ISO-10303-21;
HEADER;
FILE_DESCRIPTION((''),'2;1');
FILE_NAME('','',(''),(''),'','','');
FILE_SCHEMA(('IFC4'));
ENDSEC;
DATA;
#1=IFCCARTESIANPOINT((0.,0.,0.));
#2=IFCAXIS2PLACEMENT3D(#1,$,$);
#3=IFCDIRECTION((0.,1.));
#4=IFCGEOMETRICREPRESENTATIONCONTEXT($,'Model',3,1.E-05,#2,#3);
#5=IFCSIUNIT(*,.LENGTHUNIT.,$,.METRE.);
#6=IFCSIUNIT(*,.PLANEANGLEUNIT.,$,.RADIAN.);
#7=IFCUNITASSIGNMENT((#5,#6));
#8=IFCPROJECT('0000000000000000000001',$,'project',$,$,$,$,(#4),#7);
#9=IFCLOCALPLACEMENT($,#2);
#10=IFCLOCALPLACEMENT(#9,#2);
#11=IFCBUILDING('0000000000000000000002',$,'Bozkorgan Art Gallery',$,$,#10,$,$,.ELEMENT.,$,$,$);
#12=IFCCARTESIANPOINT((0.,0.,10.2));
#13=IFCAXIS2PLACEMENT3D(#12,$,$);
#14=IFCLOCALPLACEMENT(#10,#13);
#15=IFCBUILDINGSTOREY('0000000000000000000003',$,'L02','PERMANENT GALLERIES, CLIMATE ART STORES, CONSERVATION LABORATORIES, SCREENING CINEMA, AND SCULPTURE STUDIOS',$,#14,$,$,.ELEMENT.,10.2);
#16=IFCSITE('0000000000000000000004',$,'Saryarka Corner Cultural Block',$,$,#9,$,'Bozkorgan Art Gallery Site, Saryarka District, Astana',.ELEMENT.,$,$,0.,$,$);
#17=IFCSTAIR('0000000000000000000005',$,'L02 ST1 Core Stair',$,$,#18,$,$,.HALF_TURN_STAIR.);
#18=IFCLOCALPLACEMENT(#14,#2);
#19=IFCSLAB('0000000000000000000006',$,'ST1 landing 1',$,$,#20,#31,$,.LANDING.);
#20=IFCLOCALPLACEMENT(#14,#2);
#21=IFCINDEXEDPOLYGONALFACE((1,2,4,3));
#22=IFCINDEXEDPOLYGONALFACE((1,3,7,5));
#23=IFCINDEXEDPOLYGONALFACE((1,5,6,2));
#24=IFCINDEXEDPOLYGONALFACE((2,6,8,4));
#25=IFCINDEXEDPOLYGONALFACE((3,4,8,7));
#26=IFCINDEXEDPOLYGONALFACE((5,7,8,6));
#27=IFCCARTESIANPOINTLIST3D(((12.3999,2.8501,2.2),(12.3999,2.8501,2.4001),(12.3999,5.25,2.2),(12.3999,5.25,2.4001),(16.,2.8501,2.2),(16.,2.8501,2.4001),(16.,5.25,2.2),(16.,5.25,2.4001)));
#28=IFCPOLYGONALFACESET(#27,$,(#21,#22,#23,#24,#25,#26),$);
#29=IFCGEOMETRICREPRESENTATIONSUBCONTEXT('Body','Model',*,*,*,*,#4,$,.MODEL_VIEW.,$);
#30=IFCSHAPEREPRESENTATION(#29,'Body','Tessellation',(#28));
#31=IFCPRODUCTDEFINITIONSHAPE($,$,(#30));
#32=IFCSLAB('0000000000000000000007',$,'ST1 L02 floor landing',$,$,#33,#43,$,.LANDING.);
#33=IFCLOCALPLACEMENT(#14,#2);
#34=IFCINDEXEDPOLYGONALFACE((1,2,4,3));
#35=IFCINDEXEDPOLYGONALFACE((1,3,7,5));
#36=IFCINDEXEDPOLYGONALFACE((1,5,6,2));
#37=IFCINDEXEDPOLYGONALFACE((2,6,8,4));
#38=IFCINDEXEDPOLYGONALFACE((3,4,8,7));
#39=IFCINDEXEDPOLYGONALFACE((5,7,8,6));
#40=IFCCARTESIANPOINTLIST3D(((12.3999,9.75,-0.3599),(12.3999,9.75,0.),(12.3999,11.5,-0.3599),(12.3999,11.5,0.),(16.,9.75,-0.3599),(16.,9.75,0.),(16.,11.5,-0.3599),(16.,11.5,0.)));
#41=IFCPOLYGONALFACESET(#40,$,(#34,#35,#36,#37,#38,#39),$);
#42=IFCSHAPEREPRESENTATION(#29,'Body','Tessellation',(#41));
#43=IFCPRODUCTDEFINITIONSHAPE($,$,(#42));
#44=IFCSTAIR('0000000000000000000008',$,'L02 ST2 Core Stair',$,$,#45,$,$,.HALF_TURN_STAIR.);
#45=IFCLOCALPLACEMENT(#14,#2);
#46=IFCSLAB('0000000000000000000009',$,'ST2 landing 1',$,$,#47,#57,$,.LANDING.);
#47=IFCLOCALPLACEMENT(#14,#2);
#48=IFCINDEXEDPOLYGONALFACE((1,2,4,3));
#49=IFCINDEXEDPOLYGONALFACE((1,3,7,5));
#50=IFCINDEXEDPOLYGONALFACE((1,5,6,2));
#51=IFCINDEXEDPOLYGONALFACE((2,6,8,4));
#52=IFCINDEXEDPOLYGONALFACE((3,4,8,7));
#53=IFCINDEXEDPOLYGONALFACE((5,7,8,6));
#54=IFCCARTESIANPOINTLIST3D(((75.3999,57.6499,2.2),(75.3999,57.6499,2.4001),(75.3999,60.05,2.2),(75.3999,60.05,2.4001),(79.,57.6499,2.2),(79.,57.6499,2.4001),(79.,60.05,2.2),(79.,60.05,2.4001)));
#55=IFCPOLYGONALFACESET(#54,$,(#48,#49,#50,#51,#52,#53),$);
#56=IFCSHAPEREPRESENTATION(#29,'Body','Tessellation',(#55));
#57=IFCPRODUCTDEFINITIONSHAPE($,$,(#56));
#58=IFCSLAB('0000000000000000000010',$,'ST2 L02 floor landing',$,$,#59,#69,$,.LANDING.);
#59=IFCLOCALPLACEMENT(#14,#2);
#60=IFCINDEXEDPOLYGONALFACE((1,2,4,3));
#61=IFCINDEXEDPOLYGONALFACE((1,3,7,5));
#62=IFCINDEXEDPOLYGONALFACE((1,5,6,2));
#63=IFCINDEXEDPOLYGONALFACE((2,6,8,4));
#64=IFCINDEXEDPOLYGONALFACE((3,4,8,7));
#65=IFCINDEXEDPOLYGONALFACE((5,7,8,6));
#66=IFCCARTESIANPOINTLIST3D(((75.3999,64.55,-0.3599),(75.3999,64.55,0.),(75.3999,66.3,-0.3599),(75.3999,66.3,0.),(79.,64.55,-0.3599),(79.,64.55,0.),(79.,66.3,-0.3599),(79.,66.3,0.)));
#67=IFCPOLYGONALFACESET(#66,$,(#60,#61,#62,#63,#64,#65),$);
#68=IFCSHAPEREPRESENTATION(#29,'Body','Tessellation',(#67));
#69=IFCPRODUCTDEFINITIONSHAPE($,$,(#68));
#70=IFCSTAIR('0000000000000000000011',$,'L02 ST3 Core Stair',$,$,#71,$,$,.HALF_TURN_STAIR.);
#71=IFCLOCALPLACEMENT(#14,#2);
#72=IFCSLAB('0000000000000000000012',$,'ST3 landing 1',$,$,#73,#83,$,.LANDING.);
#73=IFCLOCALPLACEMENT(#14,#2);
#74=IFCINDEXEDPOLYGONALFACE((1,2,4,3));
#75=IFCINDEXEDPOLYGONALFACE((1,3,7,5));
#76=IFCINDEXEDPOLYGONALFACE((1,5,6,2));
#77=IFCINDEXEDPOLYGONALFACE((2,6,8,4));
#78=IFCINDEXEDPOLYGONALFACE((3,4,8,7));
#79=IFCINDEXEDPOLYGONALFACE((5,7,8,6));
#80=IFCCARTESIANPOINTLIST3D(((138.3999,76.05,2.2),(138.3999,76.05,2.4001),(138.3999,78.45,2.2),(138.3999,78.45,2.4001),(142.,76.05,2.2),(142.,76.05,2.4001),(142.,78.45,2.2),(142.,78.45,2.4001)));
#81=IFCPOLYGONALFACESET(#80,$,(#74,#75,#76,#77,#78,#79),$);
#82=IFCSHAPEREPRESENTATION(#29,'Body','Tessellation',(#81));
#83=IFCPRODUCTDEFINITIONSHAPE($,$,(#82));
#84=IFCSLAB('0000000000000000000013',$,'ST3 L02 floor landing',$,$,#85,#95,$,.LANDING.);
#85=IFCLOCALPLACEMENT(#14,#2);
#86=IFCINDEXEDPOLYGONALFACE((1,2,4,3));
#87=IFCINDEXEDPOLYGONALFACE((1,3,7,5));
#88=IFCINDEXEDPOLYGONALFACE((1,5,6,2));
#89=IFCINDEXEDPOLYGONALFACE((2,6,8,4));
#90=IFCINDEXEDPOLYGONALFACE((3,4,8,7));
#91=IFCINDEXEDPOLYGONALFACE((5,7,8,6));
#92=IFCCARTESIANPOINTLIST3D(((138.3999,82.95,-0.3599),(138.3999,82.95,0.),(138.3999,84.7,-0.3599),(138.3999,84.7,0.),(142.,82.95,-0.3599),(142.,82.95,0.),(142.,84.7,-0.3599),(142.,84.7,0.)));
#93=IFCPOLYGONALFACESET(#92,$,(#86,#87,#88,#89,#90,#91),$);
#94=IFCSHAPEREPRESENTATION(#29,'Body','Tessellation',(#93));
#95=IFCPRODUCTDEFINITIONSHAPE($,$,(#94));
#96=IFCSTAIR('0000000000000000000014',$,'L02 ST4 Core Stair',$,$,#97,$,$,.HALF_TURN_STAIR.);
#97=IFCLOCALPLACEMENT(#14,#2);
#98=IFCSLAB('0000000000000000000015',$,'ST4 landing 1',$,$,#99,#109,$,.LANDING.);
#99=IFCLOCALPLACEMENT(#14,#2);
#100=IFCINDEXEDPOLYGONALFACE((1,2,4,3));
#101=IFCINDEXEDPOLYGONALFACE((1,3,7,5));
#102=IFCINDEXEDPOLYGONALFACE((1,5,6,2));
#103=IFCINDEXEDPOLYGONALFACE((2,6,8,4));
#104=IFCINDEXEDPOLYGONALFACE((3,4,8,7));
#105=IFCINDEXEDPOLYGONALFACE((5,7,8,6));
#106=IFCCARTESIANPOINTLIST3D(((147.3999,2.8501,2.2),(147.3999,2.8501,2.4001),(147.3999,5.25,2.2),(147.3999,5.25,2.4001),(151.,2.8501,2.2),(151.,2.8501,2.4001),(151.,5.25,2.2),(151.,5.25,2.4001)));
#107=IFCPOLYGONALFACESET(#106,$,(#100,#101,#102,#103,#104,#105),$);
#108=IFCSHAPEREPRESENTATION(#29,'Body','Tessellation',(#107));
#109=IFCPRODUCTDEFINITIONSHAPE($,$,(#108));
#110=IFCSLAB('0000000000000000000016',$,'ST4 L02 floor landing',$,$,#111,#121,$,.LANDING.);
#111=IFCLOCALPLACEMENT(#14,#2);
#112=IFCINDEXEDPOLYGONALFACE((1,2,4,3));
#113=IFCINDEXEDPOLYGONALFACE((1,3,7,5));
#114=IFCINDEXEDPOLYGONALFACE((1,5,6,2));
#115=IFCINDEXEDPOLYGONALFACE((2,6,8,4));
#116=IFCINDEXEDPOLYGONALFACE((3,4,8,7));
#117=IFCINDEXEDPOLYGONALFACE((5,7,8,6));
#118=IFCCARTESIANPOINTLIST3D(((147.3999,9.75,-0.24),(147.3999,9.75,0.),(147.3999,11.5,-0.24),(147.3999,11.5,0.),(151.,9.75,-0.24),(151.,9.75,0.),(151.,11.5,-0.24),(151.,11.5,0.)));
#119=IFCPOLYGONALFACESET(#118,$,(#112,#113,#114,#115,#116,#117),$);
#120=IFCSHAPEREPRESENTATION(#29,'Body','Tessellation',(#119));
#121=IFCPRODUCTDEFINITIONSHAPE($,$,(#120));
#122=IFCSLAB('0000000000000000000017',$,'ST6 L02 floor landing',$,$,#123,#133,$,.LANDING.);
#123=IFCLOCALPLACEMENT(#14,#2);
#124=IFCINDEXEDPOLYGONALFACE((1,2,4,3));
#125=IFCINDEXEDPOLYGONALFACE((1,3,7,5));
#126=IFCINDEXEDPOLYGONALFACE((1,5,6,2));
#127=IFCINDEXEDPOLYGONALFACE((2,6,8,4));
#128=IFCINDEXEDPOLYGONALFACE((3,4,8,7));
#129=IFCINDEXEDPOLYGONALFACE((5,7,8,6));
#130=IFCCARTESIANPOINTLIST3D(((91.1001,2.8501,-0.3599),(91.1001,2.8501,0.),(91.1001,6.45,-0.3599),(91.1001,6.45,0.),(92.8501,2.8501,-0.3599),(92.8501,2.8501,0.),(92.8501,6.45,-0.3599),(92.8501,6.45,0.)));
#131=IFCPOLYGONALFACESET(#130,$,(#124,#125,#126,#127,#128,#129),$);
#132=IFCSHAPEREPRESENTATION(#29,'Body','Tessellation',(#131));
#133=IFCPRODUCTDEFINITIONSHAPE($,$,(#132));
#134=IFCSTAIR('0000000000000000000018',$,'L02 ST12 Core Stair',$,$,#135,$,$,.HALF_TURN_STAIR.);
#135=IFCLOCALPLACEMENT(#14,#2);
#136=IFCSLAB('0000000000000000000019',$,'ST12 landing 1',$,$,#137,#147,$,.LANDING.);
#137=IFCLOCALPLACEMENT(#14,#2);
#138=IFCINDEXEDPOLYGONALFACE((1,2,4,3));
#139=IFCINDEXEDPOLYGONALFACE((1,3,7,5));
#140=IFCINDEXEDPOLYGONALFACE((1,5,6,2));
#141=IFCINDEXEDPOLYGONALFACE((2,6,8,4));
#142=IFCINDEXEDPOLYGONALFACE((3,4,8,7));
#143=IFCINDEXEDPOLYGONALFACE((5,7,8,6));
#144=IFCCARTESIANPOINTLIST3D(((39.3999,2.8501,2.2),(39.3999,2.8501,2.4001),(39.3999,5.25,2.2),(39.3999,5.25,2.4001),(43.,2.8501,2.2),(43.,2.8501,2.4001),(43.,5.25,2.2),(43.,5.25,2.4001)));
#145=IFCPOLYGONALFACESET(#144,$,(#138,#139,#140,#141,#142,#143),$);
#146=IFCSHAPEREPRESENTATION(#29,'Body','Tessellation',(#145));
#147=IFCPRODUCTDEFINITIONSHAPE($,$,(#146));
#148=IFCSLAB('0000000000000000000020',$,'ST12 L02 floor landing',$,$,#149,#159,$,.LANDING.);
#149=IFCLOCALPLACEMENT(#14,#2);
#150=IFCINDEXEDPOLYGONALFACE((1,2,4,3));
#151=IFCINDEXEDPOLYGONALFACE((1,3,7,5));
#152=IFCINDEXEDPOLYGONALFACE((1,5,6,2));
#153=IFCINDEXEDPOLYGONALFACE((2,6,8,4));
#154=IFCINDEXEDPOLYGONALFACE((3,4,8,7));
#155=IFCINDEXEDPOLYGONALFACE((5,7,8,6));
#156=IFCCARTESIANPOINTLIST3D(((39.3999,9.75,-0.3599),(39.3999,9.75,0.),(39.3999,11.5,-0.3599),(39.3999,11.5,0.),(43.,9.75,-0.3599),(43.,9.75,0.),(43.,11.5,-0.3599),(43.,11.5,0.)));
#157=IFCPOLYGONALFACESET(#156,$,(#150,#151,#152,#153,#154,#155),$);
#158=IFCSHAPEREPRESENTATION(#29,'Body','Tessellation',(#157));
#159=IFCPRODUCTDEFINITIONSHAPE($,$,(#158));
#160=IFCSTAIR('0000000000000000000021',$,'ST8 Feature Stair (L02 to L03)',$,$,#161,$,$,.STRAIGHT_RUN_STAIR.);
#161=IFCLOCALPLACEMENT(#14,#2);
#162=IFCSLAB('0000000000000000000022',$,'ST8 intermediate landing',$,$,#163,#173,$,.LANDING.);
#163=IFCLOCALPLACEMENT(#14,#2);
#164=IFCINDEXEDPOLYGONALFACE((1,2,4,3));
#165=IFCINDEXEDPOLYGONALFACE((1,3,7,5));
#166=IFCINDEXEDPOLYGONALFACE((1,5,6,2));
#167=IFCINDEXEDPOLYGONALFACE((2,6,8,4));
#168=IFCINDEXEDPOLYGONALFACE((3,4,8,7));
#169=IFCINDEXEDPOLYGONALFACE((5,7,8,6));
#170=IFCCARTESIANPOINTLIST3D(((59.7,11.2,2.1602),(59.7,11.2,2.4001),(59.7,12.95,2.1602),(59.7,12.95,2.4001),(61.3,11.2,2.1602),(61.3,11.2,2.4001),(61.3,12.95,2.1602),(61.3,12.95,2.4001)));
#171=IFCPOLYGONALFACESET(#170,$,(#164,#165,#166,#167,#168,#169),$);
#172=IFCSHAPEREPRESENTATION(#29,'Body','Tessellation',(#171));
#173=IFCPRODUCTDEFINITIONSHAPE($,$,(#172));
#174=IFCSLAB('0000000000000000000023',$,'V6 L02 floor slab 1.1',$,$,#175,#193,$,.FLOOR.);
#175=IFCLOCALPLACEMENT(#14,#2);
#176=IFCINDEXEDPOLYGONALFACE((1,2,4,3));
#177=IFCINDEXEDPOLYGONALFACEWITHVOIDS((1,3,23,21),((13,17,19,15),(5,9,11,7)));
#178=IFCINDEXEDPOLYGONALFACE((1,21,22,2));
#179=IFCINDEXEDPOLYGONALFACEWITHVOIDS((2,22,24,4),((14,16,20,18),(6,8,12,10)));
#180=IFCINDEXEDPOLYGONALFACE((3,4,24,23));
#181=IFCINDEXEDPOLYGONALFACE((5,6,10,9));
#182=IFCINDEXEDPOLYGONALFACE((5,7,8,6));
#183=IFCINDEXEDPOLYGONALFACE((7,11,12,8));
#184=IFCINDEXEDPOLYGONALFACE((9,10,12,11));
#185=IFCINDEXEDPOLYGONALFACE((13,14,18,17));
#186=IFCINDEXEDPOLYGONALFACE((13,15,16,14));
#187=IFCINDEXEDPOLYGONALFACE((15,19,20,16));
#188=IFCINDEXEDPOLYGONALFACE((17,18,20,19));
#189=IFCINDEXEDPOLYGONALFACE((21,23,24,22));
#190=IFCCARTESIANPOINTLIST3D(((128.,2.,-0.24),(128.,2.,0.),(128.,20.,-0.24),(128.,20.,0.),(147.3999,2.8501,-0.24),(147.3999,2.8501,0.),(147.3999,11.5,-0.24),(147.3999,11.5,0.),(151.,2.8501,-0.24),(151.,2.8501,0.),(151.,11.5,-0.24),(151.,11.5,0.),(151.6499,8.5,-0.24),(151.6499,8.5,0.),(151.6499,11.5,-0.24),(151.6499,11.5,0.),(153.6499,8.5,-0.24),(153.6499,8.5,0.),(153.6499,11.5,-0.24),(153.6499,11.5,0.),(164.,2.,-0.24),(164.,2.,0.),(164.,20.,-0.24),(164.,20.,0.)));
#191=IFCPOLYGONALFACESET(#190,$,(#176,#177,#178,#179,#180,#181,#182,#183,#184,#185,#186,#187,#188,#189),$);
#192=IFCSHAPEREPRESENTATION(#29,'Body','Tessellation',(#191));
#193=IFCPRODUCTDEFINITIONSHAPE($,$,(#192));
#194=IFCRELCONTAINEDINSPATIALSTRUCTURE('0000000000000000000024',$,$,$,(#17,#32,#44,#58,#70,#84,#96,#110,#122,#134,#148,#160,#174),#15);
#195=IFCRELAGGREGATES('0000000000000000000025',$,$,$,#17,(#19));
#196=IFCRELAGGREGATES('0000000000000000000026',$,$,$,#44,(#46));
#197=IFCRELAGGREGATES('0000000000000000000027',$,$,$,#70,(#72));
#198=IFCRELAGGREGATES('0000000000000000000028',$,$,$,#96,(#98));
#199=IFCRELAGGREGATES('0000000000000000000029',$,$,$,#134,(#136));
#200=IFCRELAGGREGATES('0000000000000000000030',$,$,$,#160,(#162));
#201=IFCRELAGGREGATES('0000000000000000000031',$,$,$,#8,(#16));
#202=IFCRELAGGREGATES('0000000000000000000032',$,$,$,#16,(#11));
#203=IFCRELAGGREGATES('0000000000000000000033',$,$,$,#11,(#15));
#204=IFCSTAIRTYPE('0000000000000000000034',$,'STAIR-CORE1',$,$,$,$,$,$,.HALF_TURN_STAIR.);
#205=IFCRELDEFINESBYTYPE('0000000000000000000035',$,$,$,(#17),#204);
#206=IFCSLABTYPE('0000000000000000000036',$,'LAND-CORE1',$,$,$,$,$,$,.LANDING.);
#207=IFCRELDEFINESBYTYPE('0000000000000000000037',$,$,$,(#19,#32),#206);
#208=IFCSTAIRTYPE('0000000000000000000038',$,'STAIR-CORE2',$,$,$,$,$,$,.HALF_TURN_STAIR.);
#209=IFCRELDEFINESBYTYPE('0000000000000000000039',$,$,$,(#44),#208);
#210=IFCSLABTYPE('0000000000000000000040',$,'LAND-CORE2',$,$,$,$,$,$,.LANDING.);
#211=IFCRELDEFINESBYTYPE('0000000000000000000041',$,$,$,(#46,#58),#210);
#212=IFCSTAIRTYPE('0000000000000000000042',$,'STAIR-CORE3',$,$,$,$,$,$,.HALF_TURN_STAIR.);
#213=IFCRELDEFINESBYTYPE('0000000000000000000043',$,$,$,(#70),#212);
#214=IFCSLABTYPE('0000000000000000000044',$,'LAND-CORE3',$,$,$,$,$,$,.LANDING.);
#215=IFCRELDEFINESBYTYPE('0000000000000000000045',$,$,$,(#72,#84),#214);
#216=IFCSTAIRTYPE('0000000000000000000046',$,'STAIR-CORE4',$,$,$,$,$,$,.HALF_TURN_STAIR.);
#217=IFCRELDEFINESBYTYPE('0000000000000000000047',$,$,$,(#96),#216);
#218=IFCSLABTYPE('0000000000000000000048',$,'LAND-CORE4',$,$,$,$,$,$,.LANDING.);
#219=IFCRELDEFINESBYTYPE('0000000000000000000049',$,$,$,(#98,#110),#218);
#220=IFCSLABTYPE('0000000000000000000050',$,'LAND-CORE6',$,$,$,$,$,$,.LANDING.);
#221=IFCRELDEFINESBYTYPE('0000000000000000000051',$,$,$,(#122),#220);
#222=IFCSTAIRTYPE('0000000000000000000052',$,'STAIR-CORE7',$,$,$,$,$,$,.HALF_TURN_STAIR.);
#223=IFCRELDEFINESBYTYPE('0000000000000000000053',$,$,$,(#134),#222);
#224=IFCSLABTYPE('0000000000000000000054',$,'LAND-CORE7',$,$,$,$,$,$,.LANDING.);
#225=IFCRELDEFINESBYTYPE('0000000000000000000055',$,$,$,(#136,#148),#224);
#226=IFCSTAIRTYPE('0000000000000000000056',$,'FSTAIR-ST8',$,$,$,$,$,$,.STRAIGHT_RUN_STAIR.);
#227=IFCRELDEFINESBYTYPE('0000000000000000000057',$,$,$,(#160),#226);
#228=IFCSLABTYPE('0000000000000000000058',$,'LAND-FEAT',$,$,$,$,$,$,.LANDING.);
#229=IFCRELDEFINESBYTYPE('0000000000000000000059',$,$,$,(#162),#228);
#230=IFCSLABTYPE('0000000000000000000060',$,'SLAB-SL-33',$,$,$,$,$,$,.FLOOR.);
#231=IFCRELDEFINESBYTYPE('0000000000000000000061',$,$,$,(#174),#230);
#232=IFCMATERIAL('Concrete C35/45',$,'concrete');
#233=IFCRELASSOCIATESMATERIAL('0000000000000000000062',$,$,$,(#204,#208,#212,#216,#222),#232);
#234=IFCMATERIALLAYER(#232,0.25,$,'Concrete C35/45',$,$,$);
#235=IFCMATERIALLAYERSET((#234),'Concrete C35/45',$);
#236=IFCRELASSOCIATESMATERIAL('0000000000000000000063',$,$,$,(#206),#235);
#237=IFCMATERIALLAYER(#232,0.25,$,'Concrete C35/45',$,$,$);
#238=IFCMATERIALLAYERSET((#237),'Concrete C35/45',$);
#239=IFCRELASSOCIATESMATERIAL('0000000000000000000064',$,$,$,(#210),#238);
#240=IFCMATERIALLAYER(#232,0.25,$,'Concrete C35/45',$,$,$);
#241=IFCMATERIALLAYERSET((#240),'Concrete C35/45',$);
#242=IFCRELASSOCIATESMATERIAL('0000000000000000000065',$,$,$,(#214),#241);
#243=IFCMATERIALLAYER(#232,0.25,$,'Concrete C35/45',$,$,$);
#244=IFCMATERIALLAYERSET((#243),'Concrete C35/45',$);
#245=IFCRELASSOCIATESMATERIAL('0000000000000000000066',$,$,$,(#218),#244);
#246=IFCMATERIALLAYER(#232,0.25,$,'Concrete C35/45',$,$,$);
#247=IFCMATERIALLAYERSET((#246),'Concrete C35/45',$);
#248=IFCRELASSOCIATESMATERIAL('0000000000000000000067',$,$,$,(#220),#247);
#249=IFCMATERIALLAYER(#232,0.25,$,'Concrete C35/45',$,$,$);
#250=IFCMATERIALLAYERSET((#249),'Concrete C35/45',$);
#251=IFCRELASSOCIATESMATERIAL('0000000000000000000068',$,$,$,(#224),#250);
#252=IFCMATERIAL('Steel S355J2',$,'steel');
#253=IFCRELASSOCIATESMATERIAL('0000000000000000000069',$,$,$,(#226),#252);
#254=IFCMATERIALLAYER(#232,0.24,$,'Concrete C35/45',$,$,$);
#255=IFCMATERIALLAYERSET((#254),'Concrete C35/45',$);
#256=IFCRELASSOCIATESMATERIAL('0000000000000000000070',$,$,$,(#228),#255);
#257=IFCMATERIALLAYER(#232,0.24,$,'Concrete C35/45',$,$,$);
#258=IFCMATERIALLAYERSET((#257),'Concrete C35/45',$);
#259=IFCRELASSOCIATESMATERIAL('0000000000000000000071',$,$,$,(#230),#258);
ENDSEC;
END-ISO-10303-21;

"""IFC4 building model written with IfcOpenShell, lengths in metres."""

from ifc_helpers import new_model, si_unit, direction, frame, origin, place, context, subcontext, project, spatial, polyline, outline, extrude, material, layer, layer_set, type_object, element, aggregate, save


model = new_model("IFC4")

# Units and contexts
model_context = context("Model", 3, precision=1e-05, world=origin(), true_north=direction((0.0, 1.0)))
body_context = subcontext(model_context, "Body", "Model", "MODEL_VIEW")
ifc_project = project(units=[si_unit("LENGTHUNIT", "METRE"), si_unit("PLANEANGLEUNIT", "RADIAN")], contexts=[model_context])

# Site, building, storey
site_placement = place(None, origin())
site = spatial("IfcSite", under=ifc_project, at=site_placement, Name="Saryarka Corner Cultural Block", LongName="Bozkorgan Art Gallery Site, Saryarka District, Astana", CompositionType="ELEMENT", RefElevation=0.0)
building_placement = place(site_placement, origin())
building = spatial("IfcBuilding", under=site, at=building_placement, Name="Bozkorgan Art Gallery", CompositionType="ELEMENT")
storey_placement = place(building_placement, frame((0.0, 0.0, 10.2)))
storey = spatial("IfcBuildingStorey", under=building, at=storey_placement, Name="L02", Description="PERMANENT GALLERIES, CLIMATE ART STORES, CONSERVATION LABORATORIES, SCREENING CINEMA, AND SCULPTURE STUDIOS", CompositionType="ELEMENT", Elevation=10.2)

# Stair, slab
ifc_material_1 = material(Name="Concrete C35/45", Category="concrete")
stair_type_1 = type_object("IfcStairType", Name="STAIR-CORE1", PredefinedType="HALF_TURN_STAIR", material=ifc_material_1)
stair_1_placement = place(storey_placement, origin())
stair_1 = element("IfcStair", 1, at=stair_1_placement, inside=storey, type_object=stair_type_1, Name="L02 ST1 Core Stair", PredefinedType="HALF_TURN_STAIR")
ifc_layer_1 = layer(ifc_material_1, 0.25, Name="Concrete C35/45")
ifc_layer_set_1 = layer_set([ifc_layer_1], Name="Concrete C35/45")
slab_type_1 = type_object("IfcSlabType", Name="LAND-CORE1", PredefinedType="LANDING", material=ifc_layer_set_1)
slab_1_placement = place(storey_placement, frame((0.0, 0.0, 2.2)))
slab_1 = element("IfcSlab", 2, at=slab_1_placement, type_object=slab_type_1, Name="ST1 landing 1", PredefinedType="LANDING", context=body_context, shape_type="SweptSolid", body=[
    extrude(outline(polyline([(12.3999, 5.25), (12.3999, 2.8501), (16.0, 2.8501), (16.0, 5.25), (12.3999, 5.25)])), origin(), (0.0, 0.0, 1.0), 0.2002),
])
aggregate(stair_1, [slab_1])

# Slab
slab_2_placement = place(storey_placement, frame((0.0, 0.0, -0.3599)))
element("IfcSlab", 3, at=slab_2_placement, inside=storey, type_object=slab_type_1, Name="ST1 L02 floor landing", PredefinedType="LANDING", context=body_context, shape_type="SweptSolid", body=[
    extrude(outline(polyline([(12.3999, 9.75), (16.0, 9.75), (16.0, 11.5), (12.3999, 11.5), (12.3999, 9.75)])), origin(), (0.0, 0.0, 1.0), 0.3599),
])

# Stair, slab
stair_type_2 = type_object("IfcStairType", Name="STAIR-CORE2", PredefinedType="HALF_TURN_STAIR", material=ifc_material_1)
stair_2_placement = place(storey_placement, origin())
stair_2 = element("IfcStair", 4, at=stair_2_placement, inside=storey, type_object=stair_type_2, Name="L02 ST2 Core Stair", PredefinedType="HALF_TURN_STAIR")
ifc_layer_2 = layer(ifc_material_1, 0.25, Name="Concrete C35/45")
ifc_layer_set_2 = layer_set([ifc_layer_2], Name="Concrete C35/45")
slab_type_2 = type_object("IfcSlabType", Name="LAND-CORE2", PredefinedType="LANDING", material=ifc_layer_set_2)
slab_3_placement = place(storey_placement, frame((0.0, 0.0, 2.2)))
slab_3 = element("IfcSlab", 5, at=slab_3_placement, type_object=slab_type_2, Name="ST2 landing 1", PredefinedType="LANDING", context=body_context, shape_type="SweptSolid", body=[
    extrude(outline(polyline([(75.3999, 60.05), (75.3999, 57.6499), (79.0, 57.6499), (79.0, 60.05), (75.3999, 60.05)])), origin(), (0.0, 0.0, 1.0), 0.2002),
])
aggregate(stair_2, [slab_3])

# Slab
slab_4_placement = place(storey_placement, frame((0.0, 0.0, -0.3599)))
element("IfcSlab", 6, at=slab_4_placement, inside=storey, type_object=slab_type_2, Name="ST2 L02 floor landing", PredefinedType="LANDING", context=body_context, shape_type="SweptSolid", body=[
    extrude(outline(polyline([(75.3999, 64.55), (79.0, 64.55), (79.0, 66.3), (75.3999, 66.3), (75.3999, 64.55)])), origin(), (0.0, 0.0, 1.0), 0.3599),
])

# Stair, slab
stair_type_3 = type_object("IfcStairType", Name="STAIR-CORE3", PredefinedType="HALF_TURN_STAIR", material=ifc_material_1)
stair_3_placement = place(storey_placement, origin())
stair_3 = element("IfcStair", 7, at=stair_3_placement, inside=storey, type_object=stair_type_3, Name="L02 ST3 Core Stair", PredefinedType="HALF_TURN_STAIR")
ifc_layer_3 = layer(ifc_material_1, 0.25, Name="Concrete C35/45")
ifc_layer_set_3 = layer_set([ifc_layer_3], Name="Concrete C35/45")
slab_type_3 = type_object("IfcSlabType", Name="LAND-CORE3", PredefinedType="LANDING", material=ifc_layer_set_3)
slab_5_placement = place(storey_placement, frame((0.0, 0.0, 2.2)))
slab_5 = element("IfcSlab", 8, at=slab_5_placement, type_object=slab_type_3, Name="ST3 landing 1", PredefinedType="LANDING", context=body_context, shape_type="SweptSolid", body=[
    extrude(outline(polyline([(138.3999, 78.45), (138.3999, 76.05), (142.0, 76.05), (142.0, 78.45), (138.3999, 78.45)])), origin(), (0.0, 0.0, 1.0), 0.2002),
])
aggregate(stair_3, [slab_5])

# Slab
slab_6_placement = place(storey_placement, frame((0.0, 0.0, -0.3599)))
element("IfcSlab", 9, at=slab_6_placement, inside=storey, type_object=slab_type_3, Name="ST3 L02 floor landing", PredefinedType="LANDING", context=body_context, shape_type="SweptSolid", body=[
    extrude(outline(polyline([(138.3999, 82.95), (142.0, 82.95), (142.0, 84.7), (138.3999, 84.7), (138.3999, 82.95)])), origin(), (0.0, 0.0, 1.0), 0.3599),
])

# Stair, slab
stair_type_4 = type_object("IfcStairType", Name="STAIR-CORE4", PredefinedType="HALF_TURN_STAIR", material=ifc_material_1)
stair_4_placement = place(storey_placement, origin())
stair_4 = element("IfcStair", 10, at=stair_4_placement, inside=storey, type_object=stair_type_4, Name="L02 ST4 Core Stair", PredefinedType="HALF_TURN_STAIR")
ifc_layer_4 = layer(ifc_material_1, 0.25, Name="Concrete C35/45")
ifc_layer_set_4 = layer_set([ifc_layer_4], Name="Concrete C35/45")
slab_type_4 = type_object("IfcSlabType", Name="LAND-CORE4", PredefinedType="LANDING", material=ifc_layer_set_4)
slab_7_placement = place(storey_placement, frame((0.0, 0.0, 2.2)))
slab_7 = element("IfcSlab", 11, at=slab_7_placement, type_object=slab_type_4, Name="ST4 landing 1", PredefinedType="LANDING", context=body_context, shape_type="SweptSolid", body=[
    extrude(outline(polyline([(147.3999, 5.25), (147.3999, 2.8501), (151.0, 2.8501), (151.0, 5.25), (147.3999, 5.25)])), origin(), (0.0, 0.0, 1.0), 0.2002),
])
aggregate(stair_4, [slab_7])

# Slabs
slab_8_placement = place(storey_placement, frame((0.0, 0.0, -0.24)))
element("IfcSlab", 12, at=slab_8_placement, inside=storey, type_object=slab_type_4, Name="ST4 L02 floor landing", PredefinedType="LANDING", context=body_context, shape_type="SweptSolid", body=[
    extrude(outline(polyline([(147.3999, 9.75), (151.0, 9.75), (151.0, 11.5), (147.3999, 11.5), (147.3999, 9.75)])), origin(), (0.0, 0.0, 1.0), 0.24),
])
ifc_layer_5 = layer(ifc_material_1, 0.25, Name="Concrete C35/45")
ifc_layer_set_5 = layer_set([ifc_layer_5], Name="Concrete C35/45")
slab_type_5 = type_object("IfcSlabType", Name="LAND-CORE6", PredefinedType="LANDING", material=ifc_layer_set_5)
slab_9_placement = place(storey_placement, frame((0.0, 0.0, -0.3599)))
element("IfcSlab", 13, at=slab_9_placement, inside=storey, type_object=slab_type_5, Name="ST6 L02 floor landing", PredefinedType="LANDING", context=body_context, shape_type="SweptSolid", body=[
    extrude(outline(polyline([(91.1001, 2.8501), (92.8501, 2.8501), (92.8501, 6.45), (91.1001, 6.45), (91.1001, 2.8501)])), origin(), (0.0, 0.0, 1.0), 0.3599),
])

# Stair, slab
stair_type_5 = type_object("IfcStairType", Name="STAIR-CORE7", PredefinedType="HALF_TURN_STAIR", material=ifc_material_1)
stair_5_placement = place(storey_placement, origin())
stair_5 = element("IfcStair", 14, at=stair_5_placement, inside=storey, type_object=stair_type_5, Name="L02 ST12 Core Stair", PredefinedType="HALF_TURN_STAIR")
ifc_layer_6 = layer(ifc_material_1, 0.25, Name="Concrete C35/45")
ifc_layer_set_6 = layer_set([ifc_layer_6], Name="Concrete C35/45")
slab_type_6 = type_object("IfcSlabType", Name="LAND-CORE7", PredefinedType="LANDING", material=ifc_layer_set_6)
slab_10_placement = place(storey_placement, frame((0.0, 0.0, 2.2)))
slab_10 = element("IfcSlab", 15, at=slab_10_placement, type_object=slab_type_6, Name="ST12 landing 1", PredefinedType="LANDING", context=body_context, shape_type="SweptSolid", body=[
    extrude(outline(polyline([(39.3999, 5.25), (39.3999, 2.8501), (43.0, 2.8501), (43.0, 5.25), (39.3999, 5.25)])), origin(), (0.0, 0.0, 1.0), 0.2002),
])
aggregate(stair_5, [slab_10])

# Slab
slab_11_placement = place(storey_placement, frame((0.0, 0.0, -0.3599)))
element("IfcSlab", 16, at=slab_11_placement, inside=storey, type_object=slab_type_6, Name="ST12 L02 floor landing", PredefinedType="LANDING", context=body_context, shape_type="SweptSolid", body=[
    extrude(outline(polyline([(39.3999, 9.75), (43.0, 9.75), (43.0, 11.5), (39.3999, 11.5), (39.3999, 9.75)])), origin(), (0.0, 0.0, 1.0), 0.3599),
])

# Stair, slab
ifc_material_2 = material(Name="Steel S355J2", Category="steel")
stair_type_6 = type_object("IfcStairType", Name="FSTAIR-ST8", PredefinedType="STRAIGHT_RUN_STAIR", material=ifc_material_2)
stair_6_placement = place(storey_placement, origin())
stair_6 = element("IfcStair", 17, at=stair_6_placement, inside=storey, type_object=stair_type_6, Name="ST8 Feature Stair (L02 to L03)", PredefinedType="STRAIGHT_RUN_STAIR")
ifc_layer_7 = layer(ifc_material_1, 0.24, Name="Concrete C35/45")
ifc_layer_set_7 = layer_set([ifc_layer_7], Name="Concrete C35/45")
slab_type_7 = type_object("IfcSlabType", Name="LAND-FEAT", PredefinedType="LANDING", material=ifc_layer_set_7)
slab_12_placement = place(storey_placement, frame((0.0, 0.0, 2.1602)))
slab_12 = element("IfcSlab", 18, at=slab_12_placement, type_object=slab_type_7, Name="ST8 intermediate landing", PredefinedType="LANDING", context=body_context, shape_type="SweptSolid", body=[
    extrude(outline(polyline([(59.7, 11.2), (61.3, 11.2), (61.3, 12.95), (59.7, 12.95), (59.7, 11.2)])), origin(), (0.0, 0.0, 1.0), 0.24),
])
aggregate(stair_6, [slab_12])

# Slab
ifc_layer_8 = layer(ifc_material_1, 0.24, Name="Concrete C35/45")
ifc_layer_set_8 = layer_set([ifc_layer_8], Name="Concrete C35/45")
slab_type_8 = type_object("IfcSlabType", Name="SLAB-SL-33", PredefinedType="FLOOR", material=ifc_layer_set_8)
slab_13_placement = place(storey_placement, frame((0.0, 0.0, -0.24)))
element("IfcSlab", 19, at=slab_13_placement, inside=storey, type_object=slab_type_8, Name="V6 L02 floor slab 1.1", PredefinedType="FLOOR", context=body_context, shape_type="SweptSolid", body=[
    extrude(outline(polyline([(128.0, 2.0), (164.0, 2.0), (164.0, 20.0), (128.0, 20.0), (128.0, 2.0)]), holes=[polyline([(147.3999, 2.8501), (151.0, 2.8501), (151.0, 11.5), (147.3999, 11.5), (147.3999, 2.8501)]), polyline([(151.6499, 8.5), (153.6499, 8.5), (153.6499, 11.5), (151.6499, 11.5), (151.6499, 8.5)])]), origin(), (0.0, 0.0, 1.0), 0.24),
])

save(model, "model.ifc")
